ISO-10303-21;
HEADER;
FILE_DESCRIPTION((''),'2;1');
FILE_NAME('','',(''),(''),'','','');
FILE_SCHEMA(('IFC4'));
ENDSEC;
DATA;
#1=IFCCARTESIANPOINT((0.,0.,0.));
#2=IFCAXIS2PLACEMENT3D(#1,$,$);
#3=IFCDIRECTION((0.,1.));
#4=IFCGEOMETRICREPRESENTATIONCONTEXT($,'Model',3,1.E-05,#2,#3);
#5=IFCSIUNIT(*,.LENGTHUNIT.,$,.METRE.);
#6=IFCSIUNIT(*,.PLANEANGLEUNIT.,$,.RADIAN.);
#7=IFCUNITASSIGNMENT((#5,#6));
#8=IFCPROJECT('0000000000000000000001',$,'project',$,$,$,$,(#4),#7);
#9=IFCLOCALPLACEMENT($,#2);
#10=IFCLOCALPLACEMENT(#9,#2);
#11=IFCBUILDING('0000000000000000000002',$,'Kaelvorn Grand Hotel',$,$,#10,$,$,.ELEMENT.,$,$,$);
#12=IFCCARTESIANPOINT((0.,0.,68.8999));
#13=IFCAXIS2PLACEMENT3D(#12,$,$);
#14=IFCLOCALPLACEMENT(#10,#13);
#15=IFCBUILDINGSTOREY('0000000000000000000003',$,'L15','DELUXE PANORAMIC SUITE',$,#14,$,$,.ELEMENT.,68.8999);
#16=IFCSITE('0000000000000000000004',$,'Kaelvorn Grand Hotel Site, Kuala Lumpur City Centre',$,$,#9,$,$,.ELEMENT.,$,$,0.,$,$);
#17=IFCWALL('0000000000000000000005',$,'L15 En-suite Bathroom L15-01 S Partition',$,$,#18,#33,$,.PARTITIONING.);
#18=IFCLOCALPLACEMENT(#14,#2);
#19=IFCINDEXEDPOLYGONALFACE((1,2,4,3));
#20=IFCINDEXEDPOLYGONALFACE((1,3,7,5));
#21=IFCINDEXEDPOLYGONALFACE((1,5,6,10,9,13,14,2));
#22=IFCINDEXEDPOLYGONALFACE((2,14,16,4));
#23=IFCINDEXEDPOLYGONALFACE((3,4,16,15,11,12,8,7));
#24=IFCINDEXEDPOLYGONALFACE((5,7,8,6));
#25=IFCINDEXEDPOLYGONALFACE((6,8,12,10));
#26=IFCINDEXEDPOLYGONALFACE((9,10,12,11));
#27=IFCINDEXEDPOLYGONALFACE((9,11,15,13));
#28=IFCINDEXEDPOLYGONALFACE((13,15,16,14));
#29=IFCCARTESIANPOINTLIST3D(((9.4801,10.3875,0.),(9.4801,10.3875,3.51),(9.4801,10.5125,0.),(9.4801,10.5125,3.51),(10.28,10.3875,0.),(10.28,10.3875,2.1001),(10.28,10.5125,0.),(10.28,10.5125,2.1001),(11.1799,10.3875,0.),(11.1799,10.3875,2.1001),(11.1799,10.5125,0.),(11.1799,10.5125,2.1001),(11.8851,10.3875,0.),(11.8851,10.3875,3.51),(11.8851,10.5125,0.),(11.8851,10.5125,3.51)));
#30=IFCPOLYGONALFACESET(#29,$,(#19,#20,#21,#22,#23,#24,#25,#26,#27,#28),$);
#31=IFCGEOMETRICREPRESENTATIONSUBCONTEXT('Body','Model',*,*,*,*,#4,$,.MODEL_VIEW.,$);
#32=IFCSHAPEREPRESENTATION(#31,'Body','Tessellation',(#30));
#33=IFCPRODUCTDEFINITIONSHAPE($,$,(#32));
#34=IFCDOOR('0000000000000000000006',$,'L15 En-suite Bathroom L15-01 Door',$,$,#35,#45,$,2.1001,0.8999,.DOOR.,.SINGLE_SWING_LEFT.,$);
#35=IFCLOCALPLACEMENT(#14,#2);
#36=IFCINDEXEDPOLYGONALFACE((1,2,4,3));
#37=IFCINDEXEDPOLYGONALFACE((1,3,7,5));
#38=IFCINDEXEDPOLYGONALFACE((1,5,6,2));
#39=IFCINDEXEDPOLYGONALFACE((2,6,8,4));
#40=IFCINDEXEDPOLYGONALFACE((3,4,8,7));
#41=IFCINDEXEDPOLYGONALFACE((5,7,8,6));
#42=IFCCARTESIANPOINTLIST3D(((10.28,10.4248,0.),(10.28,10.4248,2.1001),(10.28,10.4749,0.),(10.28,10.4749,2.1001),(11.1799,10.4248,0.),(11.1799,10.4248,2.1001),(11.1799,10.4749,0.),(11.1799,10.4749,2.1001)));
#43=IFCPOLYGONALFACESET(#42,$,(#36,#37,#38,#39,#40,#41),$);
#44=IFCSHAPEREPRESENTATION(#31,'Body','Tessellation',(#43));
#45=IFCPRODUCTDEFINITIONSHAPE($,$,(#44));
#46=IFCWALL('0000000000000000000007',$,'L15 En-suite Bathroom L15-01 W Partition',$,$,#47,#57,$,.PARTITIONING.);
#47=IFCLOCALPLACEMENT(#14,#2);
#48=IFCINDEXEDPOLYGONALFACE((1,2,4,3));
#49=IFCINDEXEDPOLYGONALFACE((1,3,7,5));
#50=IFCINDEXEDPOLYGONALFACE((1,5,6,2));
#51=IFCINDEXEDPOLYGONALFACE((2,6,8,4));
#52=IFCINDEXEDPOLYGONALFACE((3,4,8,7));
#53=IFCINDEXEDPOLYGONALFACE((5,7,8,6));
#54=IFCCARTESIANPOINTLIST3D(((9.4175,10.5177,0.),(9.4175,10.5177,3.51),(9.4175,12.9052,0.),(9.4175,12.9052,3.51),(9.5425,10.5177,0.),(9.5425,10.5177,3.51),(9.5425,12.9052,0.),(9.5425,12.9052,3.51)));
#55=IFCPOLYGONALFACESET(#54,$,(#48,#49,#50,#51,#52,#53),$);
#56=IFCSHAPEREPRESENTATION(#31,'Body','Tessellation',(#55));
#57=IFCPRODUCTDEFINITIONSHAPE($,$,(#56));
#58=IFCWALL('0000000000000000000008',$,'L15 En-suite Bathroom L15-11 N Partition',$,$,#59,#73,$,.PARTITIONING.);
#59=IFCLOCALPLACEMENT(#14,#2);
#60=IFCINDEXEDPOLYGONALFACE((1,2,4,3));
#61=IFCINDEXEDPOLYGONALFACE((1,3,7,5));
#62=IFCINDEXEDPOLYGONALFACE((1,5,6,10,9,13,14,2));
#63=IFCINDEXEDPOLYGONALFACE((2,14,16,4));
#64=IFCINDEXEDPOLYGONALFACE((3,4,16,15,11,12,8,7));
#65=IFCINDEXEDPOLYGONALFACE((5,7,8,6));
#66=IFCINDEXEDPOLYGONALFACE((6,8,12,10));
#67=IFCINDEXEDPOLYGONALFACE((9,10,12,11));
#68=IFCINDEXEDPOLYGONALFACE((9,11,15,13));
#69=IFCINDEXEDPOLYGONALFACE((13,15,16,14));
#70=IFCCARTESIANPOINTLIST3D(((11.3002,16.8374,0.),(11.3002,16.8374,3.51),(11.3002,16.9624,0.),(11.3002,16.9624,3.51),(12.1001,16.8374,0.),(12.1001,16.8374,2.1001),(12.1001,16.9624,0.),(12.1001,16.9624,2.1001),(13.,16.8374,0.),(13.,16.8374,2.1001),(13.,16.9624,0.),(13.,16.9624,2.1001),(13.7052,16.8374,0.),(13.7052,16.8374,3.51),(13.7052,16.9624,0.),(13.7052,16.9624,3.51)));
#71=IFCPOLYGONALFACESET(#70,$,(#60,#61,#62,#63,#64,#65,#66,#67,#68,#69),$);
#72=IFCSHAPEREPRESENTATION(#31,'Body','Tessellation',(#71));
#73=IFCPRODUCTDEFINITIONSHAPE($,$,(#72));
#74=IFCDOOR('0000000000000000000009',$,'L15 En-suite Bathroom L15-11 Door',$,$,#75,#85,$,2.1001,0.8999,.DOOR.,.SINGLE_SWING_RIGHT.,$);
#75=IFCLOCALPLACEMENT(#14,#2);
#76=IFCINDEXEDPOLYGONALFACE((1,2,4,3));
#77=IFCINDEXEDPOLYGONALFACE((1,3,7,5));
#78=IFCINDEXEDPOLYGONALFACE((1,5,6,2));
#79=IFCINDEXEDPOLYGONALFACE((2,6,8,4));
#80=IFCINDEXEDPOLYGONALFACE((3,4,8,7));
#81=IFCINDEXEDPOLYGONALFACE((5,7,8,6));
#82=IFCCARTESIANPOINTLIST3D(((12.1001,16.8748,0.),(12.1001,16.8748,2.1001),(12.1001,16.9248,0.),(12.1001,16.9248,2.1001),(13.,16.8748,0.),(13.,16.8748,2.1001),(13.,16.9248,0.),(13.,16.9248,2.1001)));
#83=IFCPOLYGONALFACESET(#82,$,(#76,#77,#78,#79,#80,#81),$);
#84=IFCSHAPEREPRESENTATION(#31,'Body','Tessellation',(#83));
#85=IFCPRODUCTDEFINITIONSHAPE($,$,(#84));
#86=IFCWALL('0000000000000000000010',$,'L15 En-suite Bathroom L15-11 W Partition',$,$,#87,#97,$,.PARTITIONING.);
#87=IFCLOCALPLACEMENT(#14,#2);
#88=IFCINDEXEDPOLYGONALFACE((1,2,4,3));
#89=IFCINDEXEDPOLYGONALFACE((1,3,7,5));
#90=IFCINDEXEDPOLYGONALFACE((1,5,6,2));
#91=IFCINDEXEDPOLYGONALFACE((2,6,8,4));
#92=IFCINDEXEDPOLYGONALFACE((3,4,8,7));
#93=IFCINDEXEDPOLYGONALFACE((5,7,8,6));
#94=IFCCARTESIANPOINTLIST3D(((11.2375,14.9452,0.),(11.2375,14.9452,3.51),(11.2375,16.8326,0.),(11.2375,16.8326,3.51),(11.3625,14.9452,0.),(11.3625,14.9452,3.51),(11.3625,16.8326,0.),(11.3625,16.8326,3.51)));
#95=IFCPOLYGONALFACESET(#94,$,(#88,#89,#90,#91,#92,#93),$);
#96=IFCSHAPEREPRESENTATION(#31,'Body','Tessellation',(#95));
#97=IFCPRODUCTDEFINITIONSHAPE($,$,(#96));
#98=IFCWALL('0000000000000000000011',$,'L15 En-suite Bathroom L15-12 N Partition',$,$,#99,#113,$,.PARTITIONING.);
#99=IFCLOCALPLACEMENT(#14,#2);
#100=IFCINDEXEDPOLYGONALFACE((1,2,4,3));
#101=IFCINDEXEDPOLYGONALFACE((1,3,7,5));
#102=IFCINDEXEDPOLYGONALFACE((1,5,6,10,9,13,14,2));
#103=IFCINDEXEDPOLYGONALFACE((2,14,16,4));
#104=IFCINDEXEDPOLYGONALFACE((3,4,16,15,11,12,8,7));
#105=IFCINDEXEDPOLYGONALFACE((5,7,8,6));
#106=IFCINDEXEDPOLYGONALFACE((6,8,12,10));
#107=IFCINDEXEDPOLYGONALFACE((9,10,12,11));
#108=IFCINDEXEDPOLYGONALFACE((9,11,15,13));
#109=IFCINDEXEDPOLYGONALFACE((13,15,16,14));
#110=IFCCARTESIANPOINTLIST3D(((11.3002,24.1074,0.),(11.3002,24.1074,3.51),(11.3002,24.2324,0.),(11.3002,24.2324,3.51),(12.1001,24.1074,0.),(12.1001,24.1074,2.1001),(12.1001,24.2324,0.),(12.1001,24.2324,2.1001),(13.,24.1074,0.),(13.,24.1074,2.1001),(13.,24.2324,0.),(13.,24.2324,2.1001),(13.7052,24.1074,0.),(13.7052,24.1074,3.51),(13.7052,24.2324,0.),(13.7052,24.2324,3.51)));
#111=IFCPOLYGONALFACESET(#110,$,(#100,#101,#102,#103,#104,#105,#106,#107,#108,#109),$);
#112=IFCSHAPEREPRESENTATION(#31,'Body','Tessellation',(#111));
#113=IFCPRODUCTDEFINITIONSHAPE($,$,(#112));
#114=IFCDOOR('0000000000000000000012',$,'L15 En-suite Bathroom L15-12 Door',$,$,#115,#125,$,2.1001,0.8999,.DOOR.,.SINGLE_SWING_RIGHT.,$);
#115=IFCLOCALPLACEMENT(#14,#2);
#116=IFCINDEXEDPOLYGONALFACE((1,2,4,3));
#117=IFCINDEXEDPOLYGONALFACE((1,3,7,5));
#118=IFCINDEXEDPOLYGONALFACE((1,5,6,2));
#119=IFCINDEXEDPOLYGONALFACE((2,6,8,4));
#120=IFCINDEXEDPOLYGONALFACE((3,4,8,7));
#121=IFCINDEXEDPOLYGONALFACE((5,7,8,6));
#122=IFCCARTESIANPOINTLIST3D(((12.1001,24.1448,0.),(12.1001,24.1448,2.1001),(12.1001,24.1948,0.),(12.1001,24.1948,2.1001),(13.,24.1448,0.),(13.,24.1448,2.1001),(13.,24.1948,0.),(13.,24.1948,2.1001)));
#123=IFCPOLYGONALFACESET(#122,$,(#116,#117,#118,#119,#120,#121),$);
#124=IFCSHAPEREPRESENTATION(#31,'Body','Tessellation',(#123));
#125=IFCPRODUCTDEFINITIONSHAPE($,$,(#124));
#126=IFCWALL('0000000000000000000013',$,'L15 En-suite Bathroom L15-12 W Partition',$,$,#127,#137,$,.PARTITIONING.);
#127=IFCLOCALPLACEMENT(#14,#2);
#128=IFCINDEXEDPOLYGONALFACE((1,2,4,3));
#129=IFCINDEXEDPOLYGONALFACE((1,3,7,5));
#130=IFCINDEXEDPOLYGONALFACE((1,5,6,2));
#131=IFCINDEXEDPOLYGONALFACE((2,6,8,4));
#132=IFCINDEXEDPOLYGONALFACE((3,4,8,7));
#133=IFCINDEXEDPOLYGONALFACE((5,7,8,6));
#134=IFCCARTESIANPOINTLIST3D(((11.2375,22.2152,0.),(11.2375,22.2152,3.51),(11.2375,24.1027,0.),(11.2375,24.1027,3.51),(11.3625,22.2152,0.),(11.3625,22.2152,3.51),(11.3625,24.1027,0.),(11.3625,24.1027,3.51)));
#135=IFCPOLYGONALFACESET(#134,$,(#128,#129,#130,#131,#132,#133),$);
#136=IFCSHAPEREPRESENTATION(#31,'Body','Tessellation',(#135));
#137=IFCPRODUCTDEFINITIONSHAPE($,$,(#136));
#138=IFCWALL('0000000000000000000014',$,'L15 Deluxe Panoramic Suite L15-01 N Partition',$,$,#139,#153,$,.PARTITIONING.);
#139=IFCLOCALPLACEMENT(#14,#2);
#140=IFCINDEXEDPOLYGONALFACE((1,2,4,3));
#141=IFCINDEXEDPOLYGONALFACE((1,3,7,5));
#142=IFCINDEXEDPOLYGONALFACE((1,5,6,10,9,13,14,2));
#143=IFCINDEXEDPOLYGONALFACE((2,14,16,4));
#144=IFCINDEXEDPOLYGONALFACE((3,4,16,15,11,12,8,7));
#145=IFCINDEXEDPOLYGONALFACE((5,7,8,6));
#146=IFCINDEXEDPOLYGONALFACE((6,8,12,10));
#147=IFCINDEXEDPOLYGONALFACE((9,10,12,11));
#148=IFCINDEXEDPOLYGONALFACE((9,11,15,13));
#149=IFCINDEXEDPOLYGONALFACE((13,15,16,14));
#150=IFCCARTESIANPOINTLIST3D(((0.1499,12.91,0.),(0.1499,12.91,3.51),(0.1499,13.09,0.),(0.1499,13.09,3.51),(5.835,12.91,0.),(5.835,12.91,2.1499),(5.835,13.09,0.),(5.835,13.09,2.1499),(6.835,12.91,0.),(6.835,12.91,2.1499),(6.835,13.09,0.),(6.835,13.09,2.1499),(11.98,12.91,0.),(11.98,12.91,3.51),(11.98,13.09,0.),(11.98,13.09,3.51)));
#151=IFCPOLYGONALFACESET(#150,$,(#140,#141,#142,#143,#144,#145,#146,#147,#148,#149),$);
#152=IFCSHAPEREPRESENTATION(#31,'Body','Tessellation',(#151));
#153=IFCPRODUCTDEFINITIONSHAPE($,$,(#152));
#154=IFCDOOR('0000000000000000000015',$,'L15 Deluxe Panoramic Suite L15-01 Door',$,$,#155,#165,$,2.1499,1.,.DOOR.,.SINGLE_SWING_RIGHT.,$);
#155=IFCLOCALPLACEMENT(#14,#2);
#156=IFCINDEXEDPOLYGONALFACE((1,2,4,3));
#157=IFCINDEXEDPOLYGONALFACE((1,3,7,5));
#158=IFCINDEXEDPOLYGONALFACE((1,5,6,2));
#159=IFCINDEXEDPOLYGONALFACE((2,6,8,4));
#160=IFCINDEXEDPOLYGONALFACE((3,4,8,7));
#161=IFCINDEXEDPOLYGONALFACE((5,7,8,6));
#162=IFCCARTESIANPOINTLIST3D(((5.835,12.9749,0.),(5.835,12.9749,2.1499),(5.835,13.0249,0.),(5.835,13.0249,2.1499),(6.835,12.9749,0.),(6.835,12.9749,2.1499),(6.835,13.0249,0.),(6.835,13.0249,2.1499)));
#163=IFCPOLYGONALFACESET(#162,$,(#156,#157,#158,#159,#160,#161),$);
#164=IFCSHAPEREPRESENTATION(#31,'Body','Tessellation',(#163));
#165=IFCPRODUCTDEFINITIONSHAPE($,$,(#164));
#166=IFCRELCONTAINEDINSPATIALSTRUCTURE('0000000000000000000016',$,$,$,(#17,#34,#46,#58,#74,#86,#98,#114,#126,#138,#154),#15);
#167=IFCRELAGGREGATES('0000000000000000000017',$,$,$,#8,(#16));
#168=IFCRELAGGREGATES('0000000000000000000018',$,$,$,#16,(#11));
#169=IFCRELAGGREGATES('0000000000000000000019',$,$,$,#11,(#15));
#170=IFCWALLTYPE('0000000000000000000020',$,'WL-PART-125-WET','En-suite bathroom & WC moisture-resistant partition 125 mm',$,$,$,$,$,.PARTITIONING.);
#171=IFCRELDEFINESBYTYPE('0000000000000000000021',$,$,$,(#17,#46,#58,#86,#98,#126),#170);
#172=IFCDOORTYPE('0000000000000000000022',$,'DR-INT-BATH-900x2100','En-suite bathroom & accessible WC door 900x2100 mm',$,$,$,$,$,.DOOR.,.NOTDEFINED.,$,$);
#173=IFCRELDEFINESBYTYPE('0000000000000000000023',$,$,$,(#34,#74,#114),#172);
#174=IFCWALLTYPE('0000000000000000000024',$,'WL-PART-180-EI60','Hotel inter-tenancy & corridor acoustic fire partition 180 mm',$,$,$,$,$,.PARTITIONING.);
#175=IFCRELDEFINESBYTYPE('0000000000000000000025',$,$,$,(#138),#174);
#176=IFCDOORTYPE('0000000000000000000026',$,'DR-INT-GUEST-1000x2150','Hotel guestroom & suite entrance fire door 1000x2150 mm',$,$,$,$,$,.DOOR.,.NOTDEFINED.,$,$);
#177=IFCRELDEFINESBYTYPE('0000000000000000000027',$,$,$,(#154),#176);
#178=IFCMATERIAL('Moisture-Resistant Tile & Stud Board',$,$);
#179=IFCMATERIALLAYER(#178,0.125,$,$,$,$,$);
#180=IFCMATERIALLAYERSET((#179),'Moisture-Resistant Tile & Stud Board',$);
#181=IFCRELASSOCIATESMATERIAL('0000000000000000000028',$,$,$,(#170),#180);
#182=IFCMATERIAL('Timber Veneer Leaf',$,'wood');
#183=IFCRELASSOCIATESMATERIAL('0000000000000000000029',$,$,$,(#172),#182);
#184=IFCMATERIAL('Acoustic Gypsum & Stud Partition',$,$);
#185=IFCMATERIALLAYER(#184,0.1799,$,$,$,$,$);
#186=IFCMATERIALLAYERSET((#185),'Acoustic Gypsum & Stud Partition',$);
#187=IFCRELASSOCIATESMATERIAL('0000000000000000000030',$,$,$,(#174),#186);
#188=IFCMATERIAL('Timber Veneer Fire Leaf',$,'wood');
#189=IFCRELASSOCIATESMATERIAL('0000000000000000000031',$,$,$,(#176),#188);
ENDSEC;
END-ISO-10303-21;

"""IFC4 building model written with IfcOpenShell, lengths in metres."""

from ifc_helpers import new_model, si_unit, direction, frame, frame_2d, origin, place, context, subcontext, project, spatial, rectangle, extrude, material, layer, layer_set, type_object, element, fill, save


model = new_model("IFC4")

# Units and contexts
model_context = context("Model", 3, precision=1e-05, world=origin(), true_north=direction((0.0, 1.0)))
body_context = subcontext(model_context, "Body", "Model", "MODEL_VIEW")
ifc_project = project(units=[si_unit("LENGTHUNIT", "METRE"), si_unit("PLANEANGLEUNIT", "RADIAN")], contexts=[model_context])

# Site, building, storey
site_placement = place(None, origin())
site = spatial("IfcSite", under=ifc_project, at=site_placement, Name="Kaelvorn Grand Hotel Site, Kuala Lumpur City Centre", CompositionType="ELEMENT", RefElevation=0.0)
building_placement = place(site_placement, origin())
building = spatial("IfcBuilding", under=site, at=building_placement, Name="Kaelvorn Grand Hotel", CompositionType="ELEMENT")
storey_placement = place(building_placement, frame((0.0, 0.0, 68.8999)))
storey = spatial("IfcBuildingStorey", under=building, at=storey_placement, Name="L15", Description="DELUXE PANORAMIC SUITE", CompositionType="ELEMENT", Elevation=68.8999)

# Wall, opening, door
ifc_material_1 = material(Name="Moisture-Resistant Tile & Stud Board")
ifc_layer_1 = layer(ifc_material_1, 0.125)
ifc_layer_set_1 = layer_set([ifc_layer_1], Name="Moisture-Resistant Tile & Stud Board")
wall_type_1 = type_object("IfcWallType", Name="WL-PART-125-WET", Description="En-suite bathroom & WC moisture-resistant partition 125 mm", PredefinedType="PARTITIONING", material=ifc_layer_set_1)
wall_1_placement = place(storey_placement, frame((9.48, 10.45, 0.0), z_axis=(0.0, 0.0, 1.0), x_axis=(1.0, 0.0, 0.0)))
wall_1 = element("IfcWall", 1, at=wall_1_placement, inside=storey, type_object=wall_type_1, Name="L15 En-suite Bathroom L15-01 S Partition", PredefinedType="PARTITIONING", context=body_context, shape_type="SweptSolid", body=[
    extrude(rectangle(XDim=2.405, YDim=0.125, at=frame_2d((1.2026, 0.0))), origin(), (0.0, 0.0, 1.0), 3.51),
])
opening_1_placement = place(wall_1_placement, frame((0.8, 0.0, 0.0)))
opening_1 = element("IfcOpeningElement", 2, at=opening_1_placement, cuts=wall_1, PredefinedType="OPENING", context=body_context, shape_type="SweptSolid", body=[
    extrude(rectangle(XDim=0.8999, YDim=2.1001, at=frame_2d((0.45, 1.05))), frame((0.0, 0.0725, 0.0), z_axis=(0.0, -1.0, 0.0), x_axis=(1.0, 0.0, 0.0)), (0.0, 0.0, 1.0), 0.145),
])
ifc_material_2 = material(Name="Timber Veneer Leaf", Category="wood")
door_type_1 = type_object("IfcDoorType", Name="DR-INT-BATH-900x2100", Description="En-suite bathroom & accessible WC door 900x2100 mm", OperationType="NOTDEFINED", PredefinedType="DOOR", material=ifc_material_2)
door_1_placement = place(opening_1_placement, origin())
door_1 = element("IfcDoor", 3, at=door_1_placement, inside=storey, type_object=door_type_1, Name="L15 En-suite Bathroom L15-01 Door", OperationType="SINGLE_SWING_LEFT", OverallHeight=2.1001, OverallWidth=0.8999, PredefinedType="DOOR", context=body_context, shape_type="SweptSolid", body=[
    extrude(rectangle(XDim=0.8999, YDim=2.1001, at=frame_2d((0.45, 1.05))), frame((0.0, 0.0249, 0.0), z_axis=(0.0, -1.0, 0.0), x_axis=(1.0, 0.0, 0.0)), (0.0, 0.0, 1.0), 0.05),
])
fill(opening_1, door_1)

# Wall
wall_2_placement = place(storey_placement, frame((9.48, 10.5176, 0.0), z_axis=(0.0, 0.0, 1.0), x_axis=(0.0, 1.0, 0.0)))
element("IfcWall", 4, at=wall_2_placement, inside=storey, type_object=wall_type_1, Name="L15 En-suite Bathroom L15-01 W Partition", PredefinedType="PARTITIONING", context=body_context, shape_type="SweptSolid", body=[
    extrude(rectangle(XDim=2.3875, YDim=0.125, at=frame_2d((1.1938, 0.0))), origin(), (0.0, 0.0, 1.0), 3.51),
])

# Wall, opening, door
wall_3_placement = place(storey_placement, frame((11.3, 16.8999, 0.0), z_axis=(0.0, 0.0, 1.0), x_axis=(1.0, 0.0, 0.0)))
wall_3 = element("IfcWall", 5, at=wall_3_placement, inside=storey, type_object=wall_type_1, Name="L15 En-suite Bathroom L15-11 N Partition", PredefinedType="PARTITIONING", context=body_context, shape_type="SweptSolid", body=[
    extrude(rectangle(XDim=2.405, YDim=0.125, at=frame_2d((1.2026, 0.0))), origin(), (0.0, 0.0, 1.0), 3.51),
])
opening_2_placement = place(wall_3_placement, frame((0.8, 0.0, 0.0)))
opening_2 = element("IfcOpeningElement", 6, at=opening_2_placement, cuts=wall_3, PredefinedType="OPENING", context=body_context, shape_type="SweptSolid", body=[
    extrude(rectangle(XDim=0.8999, YDim=2.1001, at=frame_2d((0.45, 1.05))), frame((0.0, 0.0725, 0.0), z_axis=(0.0, -1.0, 0.0), x_axis=(1.0, 0.0, 0.0)), (0.0, 0.0, 1.0), 0.145),
])
door_2_placement = place(opening_2_placement, origin())
door_2 = element("IfcDoor", 7, at=door_2_placement, inside=storey, type_object=door_type_1, Name="L15 En-suite Bathroom L15-11 Door", OperationType="SINGLE_SWING_RIGHT", OverallHeight=2.1001, OverallWidth=0.8999, PredefinedType="DOOR", context=body_context, shape_type="SweptSolid", body=[
    extrude(rectangle(XDim=0.8999, YDim=2.1001, at=frame_2d((0.45, 1.05))), frame((0.0, 0.0249, 0.0), z_axis=(0.0, -1.0, 0.0), x_axis=(1.0, 0.0, 0.0)), (0.0, 0.0, 1.0), 0.05),
])
fill(opening_2, door_2)

# Wall
wall_4_placement = place(storey_placement, frame((11.3, 14.9451, 0.0), z_axis=(0.0, 0.0, 1.0), x_axis=(0.0, 1.0, 0.0)))
element("IfcWall", 8, at=wall_4_placement, inside=storey, type_object=wall_type_1, Name="L15 En-suite Bathroom L15-11 W Partition", PredefinedType="PARTITIONING", context=body_context, shape_type="SweptSolid", body=[
    extrude(rectangle(XDim=1.8875, YDim=0.125, at=frame_2d((0.9438, 0.0))), origin(), (0.0, 0.0, 1.0), 3.51),
])

# Wall, opening, door
wall_5_placement = place(storey_placement, frame((11.3, 24.1699, 0.0), z_axis=(0.0, 0.0, 1.0), x_axis=(1.0, 0.0, 0.0)))
wall_5 = element("IfcWall", 9, at=wall_5_placement, inside=storey, type_object=wall_type_1, Name="L15 En-suite Bathroom L15-12 N Partition", PredefinedType="PARTITIONING", context=body_context, shape_type="SweptSolid", body=[
    extrude(rectangle(XDim=2.405, YDim=0.125, at=frame_2d((1.2026, 0.0))), origin(), (0.0, 0.0, 1.0), 3.51),
])
opening_3_placement = place(wall_5_placement, frame((0.8, 0.0, 0.0)))
opening_3 = element("IfcOpeningElement", 10, at=opening_3_placement, cuts=wall_5, PredefinedType="OPENING", context=body_context, shape_type="SweptSolid", body=[
    extrude(rectangle(XDim=0.8999, YDim=2.1001, at=frame_2d((0.45, 1.05))), frame((0.0, 0.0725, 0.0), z_axis=(0.0, -1.0, 0.0), x_axis=(1.0, 0.0, 0.0)), (0.0, 0.0, 1.0), 0.145),
])
door_3_placement = place(opening_3_placement, origin())
door_3 = element("IfcDoor", 11, at=door_3_placement, inside=storey, type_object=door_type_1, Name="L15 En-suite Bathroom L15-12 Door", OperationType="SINGLE_SWING_RIGHT", OverallHeight=2.1001, OverallWidth=0.8999, PredefinedType="DOOR", context=body_context, shape_type="SweptSolid", body=[
    extrude(rectangle(XDim=0.8999, YDim=2.1001, at=frame_2d((0.45, 1.05))), frame((0.0, 0.0249, 0.0), z_axis=(0.0, -1.0, 0.0), x_axis=(1.0, 0.0, 0.0)), (0.0, 0.0, 1.0), 0.05),
])
fill(opening_3, door_3)

# Wall
wall_6_placement = place(storey_placement, frame((11.3, 22.2151, 0.0), z_axis=(0.0, 0.0, 1.0), x_axis=(0.0, 1.0, 0.0)))
element("IfcWall", 12, at=wall_6_placement, inside=storey, type_object=wall_type_1, Name="L15 En-suite Bathroom L15-12 W Partition", PredefinedType="PARTITIONING", context=body_context, shape_type="SweptSolid", body=[
    extrude(rectangle(XDim=1.8875, YDim=0.125, at=frame_2d((0.9438, 0.0))), origin(), (0.0, 0.0, 1.0), 3.51),
])

# Wall, opening, door
ifc_material_3 = material(Name="Acoustic Gypsum & Stud Partition")
ifc_layer_2 = layer(ifc_material_3, 0.1799)
ifc_layer_set_2 = layer_set([ifc_layer_2], Name="Acoustic Gypsum & Stud Partition")
wall_type_2 = type_object("IfcWallType", Name="WL-PART-180-EI60", Description="Hotel inter-tenancy & corridor acoustic fire partition 180 mm", PredefinedType="PARTITIONING", material=ifc_layer_set_2)
wall_7_placement = place(storey_placement, frame((0.1499, 13.0, 0.0), z_axis=(0.0, 0.0, 1.0), x_axis=(1.0, 0.0, 0.0)))
wall_7 = element("IfcWall", 13, at=wall_7_placement, inside=storey, type_object=wall_type_2, Name="L15 Deluxe Panoramic Suite L15-01 N Partition", PredefinedType="PARTITIONING", context=body_context, shape_type="SweptSolid", body=[
    extrude(rectangle(XDim=11.8301, YDim=0.1799, at=frame_2d((5.915, 0.0))), origin(), (0.0, 0.0, 1.0), 3.51),
])
opening_4_placement = place(wall_7_placement, frame((5.6851, 0.0, 0.0)))
opening_4 = element("IfcOpeningElement", 14, at=opening_4_placement, cuts=wall_7, PredefinedType="OPENING", context=body_context, shape_type="SweptSolid", body=[
    extrude(rectangle(XDim=1.0, YDim=2.1499, at=frame_2d((0.5, 1.075))), frame((0.0, 0.1001, 0.0), z_axis=(0.0, -1.0, 0.0), x_axis=(1.0, 0.0, 0.0)), (0.0, 0.0, 1.0), 0.2),
])
ifc_material_4 = material(Name="Timber Veneer Fire Leaf", Category="wood")
door_type_2 = type_object("IfcDoorType", Name="DR-INT-GUEST-1000x2150", Description="Hotel guestroom & suite entrance fire door 1000x2150 mm", OperationType="NOTDEFINED", PredefinedType="DOOR", material=ifc_material_4)
door_4_placement = place(opening_4_placement, origin())
door_4 = element("IfcDoor", 15, at=door_4_placement, inside=storey, type_object=door_type_2, Name="L15 Deluxe Panoramic Suite L15-01 Door", OperationType="SINGLE_SWING_RIGHT", OverallHeight=2.1499, OverallWidth=1.0, PredefinedType="DOOR", context=body_context, shape_type="SweptSolid", body=[
    extrude(rectangle(XDim=1.0, YDim=2.1499, at=frame_2d((0.5, 1.075))), frame((0.0, 0.0249, 0.0), z_axis=(0.0, -1.0, 0.0), x_axis=(1.0, 0.0, 0.0)), (0.0, 0.0, 1.0), 0.05),
])
fill(opening_4, door_4)

save(model, "model.ifc")
